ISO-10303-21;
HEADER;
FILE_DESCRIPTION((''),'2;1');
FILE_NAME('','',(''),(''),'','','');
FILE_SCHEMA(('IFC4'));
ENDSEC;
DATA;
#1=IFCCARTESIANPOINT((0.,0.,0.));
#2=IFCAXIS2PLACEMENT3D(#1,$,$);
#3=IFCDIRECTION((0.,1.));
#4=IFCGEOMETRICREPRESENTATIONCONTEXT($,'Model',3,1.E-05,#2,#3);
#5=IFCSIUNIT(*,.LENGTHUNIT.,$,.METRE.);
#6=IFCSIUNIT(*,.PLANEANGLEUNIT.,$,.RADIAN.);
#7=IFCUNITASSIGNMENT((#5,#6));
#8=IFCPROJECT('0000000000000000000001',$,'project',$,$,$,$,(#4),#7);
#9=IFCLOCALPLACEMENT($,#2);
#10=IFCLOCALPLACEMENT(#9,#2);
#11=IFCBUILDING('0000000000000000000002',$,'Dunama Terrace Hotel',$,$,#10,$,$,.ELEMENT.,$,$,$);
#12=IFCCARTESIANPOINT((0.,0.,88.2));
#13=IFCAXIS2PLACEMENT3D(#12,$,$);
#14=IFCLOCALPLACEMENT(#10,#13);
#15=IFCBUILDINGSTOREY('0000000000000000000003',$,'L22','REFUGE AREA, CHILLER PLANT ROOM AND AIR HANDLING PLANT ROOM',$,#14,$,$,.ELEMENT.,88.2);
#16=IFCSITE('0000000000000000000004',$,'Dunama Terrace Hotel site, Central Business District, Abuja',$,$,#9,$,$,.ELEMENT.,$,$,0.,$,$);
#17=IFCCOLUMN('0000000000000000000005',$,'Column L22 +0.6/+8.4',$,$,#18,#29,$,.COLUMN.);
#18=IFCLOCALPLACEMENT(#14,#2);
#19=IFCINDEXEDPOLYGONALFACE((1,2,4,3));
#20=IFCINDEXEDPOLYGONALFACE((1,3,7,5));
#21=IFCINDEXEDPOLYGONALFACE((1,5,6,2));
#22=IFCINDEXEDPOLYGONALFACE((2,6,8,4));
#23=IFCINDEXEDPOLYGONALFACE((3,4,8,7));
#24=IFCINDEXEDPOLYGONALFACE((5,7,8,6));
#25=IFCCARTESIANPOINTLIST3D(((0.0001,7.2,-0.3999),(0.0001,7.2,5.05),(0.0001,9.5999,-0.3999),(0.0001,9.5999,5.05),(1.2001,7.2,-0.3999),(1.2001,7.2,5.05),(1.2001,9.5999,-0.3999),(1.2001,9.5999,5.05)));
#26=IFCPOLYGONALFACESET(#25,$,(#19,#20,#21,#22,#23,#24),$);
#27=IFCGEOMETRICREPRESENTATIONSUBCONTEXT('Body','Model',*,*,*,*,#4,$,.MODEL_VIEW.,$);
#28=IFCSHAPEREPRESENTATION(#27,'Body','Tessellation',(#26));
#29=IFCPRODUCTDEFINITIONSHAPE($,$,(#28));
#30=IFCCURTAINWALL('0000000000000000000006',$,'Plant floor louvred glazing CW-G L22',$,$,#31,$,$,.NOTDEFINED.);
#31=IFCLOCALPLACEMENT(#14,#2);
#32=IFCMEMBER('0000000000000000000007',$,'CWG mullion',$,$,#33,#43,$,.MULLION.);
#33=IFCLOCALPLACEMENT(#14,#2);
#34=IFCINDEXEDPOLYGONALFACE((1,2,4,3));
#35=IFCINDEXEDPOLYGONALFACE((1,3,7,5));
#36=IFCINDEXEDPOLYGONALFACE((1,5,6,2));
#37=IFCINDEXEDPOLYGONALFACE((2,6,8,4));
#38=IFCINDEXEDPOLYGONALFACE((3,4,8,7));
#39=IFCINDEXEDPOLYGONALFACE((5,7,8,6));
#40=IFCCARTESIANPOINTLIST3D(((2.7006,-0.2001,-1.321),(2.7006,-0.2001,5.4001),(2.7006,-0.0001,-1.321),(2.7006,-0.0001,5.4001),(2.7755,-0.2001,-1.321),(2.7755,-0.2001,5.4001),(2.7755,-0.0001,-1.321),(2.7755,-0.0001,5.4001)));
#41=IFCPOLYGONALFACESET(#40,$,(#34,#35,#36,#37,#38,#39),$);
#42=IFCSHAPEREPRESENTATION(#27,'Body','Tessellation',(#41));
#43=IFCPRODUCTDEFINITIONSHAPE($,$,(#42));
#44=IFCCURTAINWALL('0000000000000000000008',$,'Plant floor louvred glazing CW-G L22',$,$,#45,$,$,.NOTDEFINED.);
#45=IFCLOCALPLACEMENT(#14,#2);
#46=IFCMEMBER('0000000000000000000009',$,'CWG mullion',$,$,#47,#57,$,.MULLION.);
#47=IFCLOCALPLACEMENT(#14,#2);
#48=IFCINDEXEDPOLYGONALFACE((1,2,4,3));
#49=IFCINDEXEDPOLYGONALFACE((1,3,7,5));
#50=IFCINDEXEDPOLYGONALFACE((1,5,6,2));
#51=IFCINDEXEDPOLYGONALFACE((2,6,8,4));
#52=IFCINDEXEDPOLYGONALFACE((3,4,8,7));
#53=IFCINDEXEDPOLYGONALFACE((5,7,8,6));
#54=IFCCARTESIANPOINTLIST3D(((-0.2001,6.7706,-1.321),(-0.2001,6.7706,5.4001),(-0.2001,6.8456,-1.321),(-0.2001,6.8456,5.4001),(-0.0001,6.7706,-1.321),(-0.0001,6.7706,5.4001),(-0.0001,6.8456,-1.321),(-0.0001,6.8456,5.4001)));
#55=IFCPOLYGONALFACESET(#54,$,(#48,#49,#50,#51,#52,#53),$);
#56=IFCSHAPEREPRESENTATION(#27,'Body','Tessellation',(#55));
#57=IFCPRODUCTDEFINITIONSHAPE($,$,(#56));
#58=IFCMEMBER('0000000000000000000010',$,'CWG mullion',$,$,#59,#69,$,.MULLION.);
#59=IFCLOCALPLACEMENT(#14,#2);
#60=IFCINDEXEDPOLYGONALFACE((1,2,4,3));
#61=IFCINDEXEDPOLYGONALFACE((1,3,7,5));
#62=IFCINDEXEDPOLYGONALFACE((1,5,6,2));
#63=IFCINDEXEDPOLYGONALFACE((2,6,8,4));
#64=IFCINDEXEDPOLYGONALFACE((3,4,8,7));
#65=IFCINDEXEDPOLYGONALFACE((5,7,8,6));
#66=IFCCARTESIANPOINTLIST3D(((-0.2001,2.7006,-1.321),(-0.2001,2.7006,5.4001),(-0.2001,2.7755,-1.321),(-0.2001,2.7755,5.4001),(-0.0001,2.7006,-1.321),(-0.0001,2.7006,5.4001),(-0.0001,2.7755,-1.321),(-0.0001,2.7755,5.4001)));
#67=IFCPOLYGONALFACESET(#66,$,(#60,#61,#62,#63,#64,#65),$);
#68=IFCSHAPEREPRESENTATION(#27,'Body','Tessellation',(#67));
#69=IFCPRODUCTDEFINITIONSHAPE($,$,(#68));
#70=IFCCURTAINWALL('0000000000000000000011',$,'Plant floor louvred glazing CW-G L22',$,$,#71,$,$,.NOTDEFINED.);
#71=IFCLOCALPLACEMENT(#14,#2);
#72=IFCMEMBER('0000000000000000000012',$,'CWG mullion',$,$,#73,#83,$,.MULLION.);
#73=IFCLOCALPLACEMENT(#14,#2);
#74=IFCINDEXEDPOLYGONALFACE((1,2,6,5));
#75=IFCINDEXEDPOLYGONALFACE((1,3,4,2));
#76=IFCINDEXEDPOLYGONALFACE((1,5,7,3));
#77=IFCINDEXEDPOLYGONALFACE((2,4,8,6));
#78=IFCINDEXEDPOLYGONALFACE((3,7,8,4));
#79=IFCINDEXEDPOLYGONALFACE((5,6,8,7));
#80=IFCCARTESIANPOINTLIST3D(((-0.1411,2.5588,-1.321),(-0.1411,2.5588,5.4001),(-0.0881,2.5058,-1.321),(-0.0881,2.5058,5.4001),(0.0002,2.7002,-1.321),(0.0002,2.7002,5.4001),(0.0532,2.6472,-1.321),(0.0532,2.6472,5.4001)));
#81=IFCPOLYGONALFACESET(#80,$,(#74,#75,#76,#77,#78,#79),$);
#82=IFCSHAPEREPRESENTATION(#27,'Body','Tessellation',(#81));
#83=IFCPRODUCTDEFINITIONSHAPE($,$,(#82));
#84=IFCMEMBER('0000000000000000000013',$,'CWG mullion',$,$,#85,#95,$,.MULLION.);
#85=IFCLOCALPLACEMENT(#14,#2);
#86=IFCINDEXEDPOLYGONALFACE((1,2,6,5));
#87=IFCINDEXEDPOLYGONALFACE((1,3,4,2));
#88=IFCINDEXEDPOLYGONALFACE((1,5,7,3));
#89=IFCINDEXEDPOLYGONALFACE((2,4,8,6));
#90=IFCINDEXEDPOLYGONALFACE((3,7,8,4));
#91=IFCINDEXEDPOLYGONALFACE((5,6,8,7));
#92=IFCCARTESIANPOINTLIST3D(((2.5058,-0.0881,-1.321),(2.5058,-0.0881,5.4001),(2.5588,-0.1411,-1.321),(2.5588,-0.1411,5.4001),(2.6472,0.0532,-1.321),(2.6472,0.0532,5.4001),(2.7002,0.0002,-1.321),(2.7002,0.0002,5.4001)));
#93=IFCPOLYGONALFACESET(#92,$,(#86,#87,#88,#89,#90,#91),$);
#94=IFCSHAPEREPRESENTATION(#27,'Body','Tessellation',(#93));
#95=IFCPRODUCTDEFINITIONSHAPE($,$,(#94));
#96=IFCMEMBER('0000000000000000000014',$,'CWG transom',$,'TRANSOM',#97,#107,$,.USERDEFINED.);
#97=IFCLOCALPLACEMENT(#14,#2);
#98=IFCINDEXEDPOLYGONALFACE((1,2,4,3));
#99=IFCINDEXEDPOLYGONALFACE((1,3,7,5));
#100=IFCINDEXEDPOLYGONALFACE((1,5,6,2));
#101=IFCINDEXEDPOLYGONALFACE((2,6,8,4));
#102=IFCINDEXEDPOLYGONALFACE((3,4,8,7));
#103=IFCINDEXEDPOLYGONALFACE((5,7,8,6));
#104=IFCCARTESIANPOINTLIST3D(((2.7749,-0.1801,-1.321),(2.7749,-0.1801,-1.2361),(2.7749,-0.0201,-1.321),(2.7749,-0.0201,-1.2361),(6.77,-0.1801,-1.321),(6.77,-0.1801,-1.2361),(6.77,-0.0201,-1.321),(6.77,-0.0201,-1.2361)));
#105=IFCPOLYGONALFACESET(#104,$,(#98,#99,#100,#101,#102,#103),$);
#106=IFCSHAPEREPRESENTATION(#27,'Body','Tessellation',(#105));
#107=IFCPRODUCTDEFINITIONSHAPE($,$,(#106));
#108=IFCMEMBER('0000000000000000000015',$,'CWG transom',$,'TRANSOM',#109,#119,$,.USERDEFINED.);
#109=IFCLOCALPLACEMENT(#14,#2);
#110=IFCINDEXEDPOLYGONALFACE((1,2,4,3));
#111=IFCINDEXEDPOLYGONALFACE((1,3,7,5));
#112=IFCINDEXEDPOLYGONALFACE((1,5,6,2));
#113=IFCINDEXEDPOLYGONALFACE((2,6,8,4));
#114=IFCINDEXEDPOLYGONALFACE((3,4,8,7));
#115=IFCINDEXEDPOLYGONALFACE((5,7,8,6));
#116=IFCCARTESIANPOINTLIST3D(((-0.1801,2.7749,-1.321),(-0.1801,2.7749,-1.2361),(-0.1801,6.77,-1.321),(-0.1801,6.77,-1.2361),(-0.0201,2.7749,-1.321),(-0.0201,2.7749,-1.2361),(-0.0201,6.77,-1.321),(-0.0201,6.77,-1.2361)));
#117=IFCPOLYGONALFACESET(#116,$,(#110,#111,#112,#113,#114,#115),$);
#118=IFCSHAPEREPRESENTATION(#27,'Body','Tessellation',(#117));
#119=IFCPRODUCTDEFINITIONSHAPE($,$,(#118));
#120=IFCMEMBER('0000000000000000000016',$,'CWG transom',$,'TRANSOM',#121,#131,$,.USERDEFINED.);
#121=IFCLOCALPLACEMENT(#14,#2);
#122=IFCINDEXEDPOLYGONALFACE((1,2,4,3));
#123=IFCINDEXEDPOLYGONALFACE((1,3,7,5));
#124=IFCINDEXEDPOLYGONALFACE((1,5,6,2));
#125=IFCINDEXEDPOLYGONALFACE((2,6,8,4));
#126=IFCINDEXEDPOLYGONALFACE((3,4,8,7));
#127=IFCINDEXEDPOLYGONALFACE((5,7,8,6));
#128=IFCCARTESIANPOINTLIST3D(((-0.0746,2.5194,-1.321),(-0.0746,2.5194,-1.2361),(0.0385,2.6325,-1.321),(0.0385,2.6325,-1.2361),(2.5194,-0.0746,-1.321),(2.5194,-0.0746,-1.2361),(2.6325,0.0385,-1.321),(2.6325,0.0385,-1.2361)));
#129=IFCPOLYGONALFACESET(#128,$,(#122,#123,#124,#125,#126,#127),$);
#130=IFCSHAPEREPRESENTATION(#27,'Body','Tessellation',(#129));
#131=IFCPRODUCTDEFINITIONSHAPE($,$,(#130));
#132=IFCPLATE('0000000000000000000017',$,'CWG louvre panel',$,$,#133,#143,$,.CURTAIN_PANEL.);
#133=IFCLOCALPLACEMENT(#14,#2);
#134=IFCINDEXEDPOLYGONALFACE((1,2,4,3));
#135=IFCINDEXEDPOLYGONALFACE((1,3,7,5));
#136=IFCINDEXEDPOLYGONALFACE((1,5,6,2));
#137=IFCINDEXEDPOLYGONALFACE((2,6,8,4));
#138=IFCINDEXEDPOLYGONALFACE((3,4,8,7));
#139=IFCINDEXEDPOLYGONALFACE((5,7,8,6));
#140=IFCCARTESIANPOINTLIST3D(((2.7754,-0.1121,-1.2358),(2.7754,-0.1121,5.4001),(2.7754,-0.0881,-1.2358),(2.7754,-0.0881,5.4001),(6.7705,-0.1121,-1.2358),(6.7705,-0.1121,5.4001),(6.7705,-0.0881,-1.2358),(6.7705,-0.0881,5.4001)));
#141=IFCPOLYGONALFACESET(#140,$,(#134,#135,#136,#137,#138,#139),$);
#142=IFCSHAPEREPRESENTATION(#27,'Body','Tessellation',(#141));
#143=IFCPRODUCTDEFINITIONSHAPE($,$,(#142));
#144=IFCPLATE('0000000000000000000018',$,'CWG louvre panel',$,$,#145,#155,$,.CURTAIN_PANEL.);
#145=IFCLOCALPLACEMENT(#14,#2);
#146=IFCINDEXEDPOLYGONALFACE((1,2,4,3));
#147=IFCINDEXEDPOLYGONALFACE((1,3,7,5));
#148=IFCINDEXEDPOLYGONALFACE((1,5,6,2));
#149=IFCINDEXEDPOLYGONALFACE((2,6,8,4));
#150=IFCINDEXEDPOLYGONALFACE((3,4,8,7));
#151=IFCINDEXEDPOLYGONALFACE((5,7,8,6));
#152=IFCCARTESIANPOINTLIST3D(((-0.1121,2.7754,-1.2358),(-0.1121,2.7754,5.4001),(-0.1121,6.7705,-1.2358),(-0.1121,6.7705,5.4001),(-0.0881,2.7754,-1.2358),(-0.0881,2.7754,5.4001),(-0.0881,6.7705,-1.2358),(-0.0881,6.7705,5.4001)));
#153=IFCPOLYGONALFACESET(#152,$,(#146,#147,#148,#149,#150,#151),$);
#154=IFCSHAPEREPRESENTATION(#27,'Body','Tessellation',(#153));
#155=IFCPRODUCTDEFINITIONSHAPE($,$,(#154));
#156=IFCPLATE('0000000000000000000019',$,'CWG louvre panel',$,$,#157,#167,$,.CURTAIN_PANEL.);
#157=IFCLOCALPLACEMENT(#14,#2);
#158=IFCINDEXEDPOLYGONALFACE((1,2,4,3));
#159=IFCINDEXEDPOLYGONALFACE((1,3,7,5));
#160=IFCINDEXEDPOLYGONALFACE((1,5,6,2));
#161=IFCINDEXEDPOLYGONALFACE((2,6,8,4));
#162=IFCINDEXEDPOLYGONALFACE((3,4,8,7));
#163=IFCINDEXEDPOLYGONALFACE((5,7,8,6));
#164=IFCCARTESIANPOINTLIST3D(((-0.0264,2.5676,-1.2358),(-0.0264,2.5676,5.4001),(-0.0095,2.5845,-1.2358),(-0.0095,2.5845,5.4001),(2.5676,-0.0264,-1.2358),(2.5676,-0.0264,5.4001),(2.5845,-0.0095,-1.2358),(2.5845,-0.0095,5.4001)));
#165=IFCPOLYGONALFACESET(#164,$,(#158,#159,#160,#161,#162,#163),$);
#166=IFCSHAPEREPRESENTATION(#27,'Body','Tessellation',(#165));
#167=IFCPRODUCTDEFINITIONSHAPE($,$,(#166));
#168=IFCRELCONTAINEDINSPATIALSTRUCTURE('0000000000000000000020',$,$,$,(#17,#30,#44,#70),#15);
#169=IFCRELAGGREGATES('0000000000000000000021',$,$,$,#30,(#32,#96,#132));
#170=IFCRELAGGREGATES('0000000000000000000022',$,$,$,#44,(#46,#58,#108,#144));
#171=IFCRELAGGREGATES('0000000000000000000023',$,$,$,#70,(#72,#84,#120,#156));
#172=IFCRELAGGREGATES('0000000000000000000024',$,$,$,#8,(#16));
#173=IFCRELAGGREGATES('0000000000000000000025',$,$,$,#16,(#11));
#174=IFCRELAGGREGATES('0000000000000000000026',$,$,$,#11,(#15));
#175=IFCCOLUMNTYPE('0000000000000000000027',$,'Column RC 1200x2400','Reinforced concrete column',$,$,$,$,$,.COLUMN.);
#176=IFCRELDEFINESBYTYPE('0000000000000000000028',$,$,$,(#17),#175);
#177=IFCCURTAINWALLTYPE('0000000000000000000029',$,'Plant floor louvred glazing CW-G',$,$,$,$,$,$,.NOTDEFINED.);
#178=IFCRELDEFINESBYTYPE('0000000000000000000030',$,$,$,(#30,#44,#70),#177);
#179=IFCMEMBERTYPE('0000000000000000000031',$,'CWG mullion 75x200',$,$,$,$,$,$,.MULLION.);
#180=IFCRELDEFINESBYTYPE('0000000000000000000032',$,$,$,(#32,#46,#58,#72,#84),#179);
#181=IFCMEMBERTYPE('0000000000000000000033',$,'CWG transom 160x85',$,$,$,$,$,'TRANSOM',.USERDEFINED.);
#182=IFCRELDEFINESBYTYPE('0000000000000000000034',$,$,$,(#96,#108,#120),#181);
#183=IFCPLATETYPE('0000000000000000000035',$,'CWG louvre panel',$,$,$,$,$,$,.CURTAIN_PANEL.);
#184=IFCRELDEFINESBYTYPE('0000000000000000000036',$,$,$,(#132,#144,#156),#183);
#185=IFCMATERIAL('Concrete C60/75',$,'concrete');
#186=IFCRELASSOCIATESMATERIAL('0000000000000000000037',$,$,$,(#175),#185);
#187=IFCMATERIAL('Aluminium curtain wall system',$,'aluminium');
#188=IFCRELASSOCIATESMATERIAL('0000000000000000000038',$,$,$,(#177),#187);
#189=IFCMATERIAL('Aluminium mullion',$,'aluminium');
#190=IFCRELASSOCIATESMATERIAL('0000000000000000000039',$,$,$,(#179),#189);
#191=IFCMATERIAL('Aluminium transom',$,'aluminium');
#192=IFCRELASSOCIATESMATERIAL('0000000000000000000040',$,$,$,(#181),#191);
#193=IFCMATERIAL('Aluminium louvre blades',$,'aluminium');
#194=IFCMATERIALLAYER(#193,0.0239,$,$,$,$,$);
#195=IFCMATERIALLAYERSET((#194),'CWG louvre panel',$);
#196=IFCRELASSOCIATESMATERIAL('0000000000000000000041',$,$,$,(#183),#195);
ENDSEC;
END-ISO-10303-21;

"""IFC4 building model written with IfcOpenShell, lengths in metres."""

from ifc_helpers import new_model, si_unit, direction, frame, origin, origin_2d, place, context, subcontext, project, spatial, rectangle, extrude, material, layer, layer_set, material_profile, profile_set, type_object, element, aggregate, save


model = new_model("IFC4")

# Units and contexts
model_context = context("Model", 3, precision=1e-05, world=origin(), true_north=direction((0.0, 1.0)))
body_context = subcontext(model_context, "Body", "Model", "MODEL_VIEW")
ifc_project = project(units=[si_unit("LENGTHUNIT", "METRE"), si_unit("PLANEANGLEUNIT", "RADIAN")], contexts=[model_context])

# Site, building, storey
site_placement = place(None, origin())
site = spatial("IfcSite", under=ifc_project, at=site_placement, Name="Dunama Terrace Hotel site, Central Business District, Abuja", CompositionType="ELEMENT", RefElevation=0.0)
building_placement = place(site_placement, origin())
building = spatial("IfcBuilding", under=site, at=building_placement, Name="Dunama Terrace Hotel", CompositionType="ELEMENT")
storey_placement = place(building_placement, frame((0.0, 0.0, 88.2)))
storey = spatial("IfcBuildingStorey", under=building, at=storey_placement, Name="L22", Description="REFUGE AREA, CHILLER PLANT ROOM AND AIR HANDLING PLANT ROOM", CompositionType="ELEMENT", Elevation=88.2)

# Column
ifc_material_1 = material(Name="Concrete C60/75", Category="concrete")
ifc_material_profile_1 = material_profile(ifc_material_1, rectangle(XDim=1.2, YDim=2.3999, at=origin_2d()), Name="RC 1200x2400")
ifc_profile_set_1 = profile_set([ifc_material_profile_1], Name="Concrete C60/75")
column_type = type_object("IfcColumnType", Name="Column RC 1200x2400", Description="Reinforced concrete column", PredefinedType="COLUMN", material=ifc_profile_set_1)
column_placement = place(storey_placement, frame((0.6001, 8.3999, -0.3999), z_axis=(0.0, 0.0, 1.0), x_axis=(1.0, 0.0, 0.0)))
element("IfcColumn", 1, at=column_placement, inside=storey, type_object=column_type, Name="Column L22 +0.6/+8.4", PredefinedType="COLUMN", context=body_context, shape_type="SweptSolid", body=[
    extrude(rectangle(XDim=1.2, YDim=2.3999, at=origin_2d()), origin(), (0.0, 0.0, 1.0), 5.45),
])

# Curtain wall, member
ifc_material_2 = material(Name="Aluminium curtain wall system", Category="aluminium")
curtain_wall_type = type_object("IfcCurtainWallType", Name="Plant floor louvred glazing CW-G", PredefinedType="NOTDEFINED", material=ifc_material_2)
curtain_wall_1_placement = place(storey_placement, origin())
curtain_wall_1 = element("IfcCurtainWall", 2, at=curtain_wall_1_placement, inside=storey, type_object=curtain_wall_type, Name="Plant floor louvred glazing CW-G L22", PredefinedType="NOTDEFINED")
ifc_material_3 = material(Name="Aluminium mullion", Category="aluminium")
ifc_material_profile_2 = material_profile(ifc_material_3, rectangle(XDim=0.075, YDim=0.2, at=origin_2d()), Name="CWG MULLION 75X200")
ifc_profile_set_2 = profile_set([ifc_material_profile_2], Name="Aluminium mullion")
member_type_1 = type_object("IfcMemberType", Name="CWG mullion 75x200", PredefinedType="MULLION", material=ifc_profile_set_2)
member_1_placement = place(storey_placement, frame((2.738, -0.1001, -1.321), z_axis=(0.0, 0.0, 1.0), x_axis=(1.0, 0.0, 0.0)))
member_1 = element("IfcMember", 3, at=member_1_placement, type_object=member_type_1, Name="CWG mullion", PredefinedType="MULLION", context=body_context, shape_type="SweptSolid", body=[
    extrude(rectangle(XDim=0.075, YDim=0.2, at=origin_2d()), origin(), (0.0, 0.0, 1.0), 6.7212),
])

# Curtain walls, members
curtain_wall_2_placement = place(storey_placement, origin())
curtain_wall_2 = element("IfcCurtainWall", 4, at=curtain_wall_2_placement, inside=storey, type_object=curtain_wall_type, Name="Plant floor louvred glazing CW-G L22", PredefinedType="NOTDEFINED")
member_2_placement = place(storey_placement, frame((-0.1001, 6.8081, -1.321), z_axis=(0.0, 0.0, 1.0), x_axis=(0.0, -1.0, 0.0)))
member_2 = element("IfcMember", 5, at=member_2_placement, type_object=member_type_1, Name="CWG mullion", PredefinedType="MULLION", context=body_context, shape_type="SweptSolid", body=[
    extrude(rectangle(XDim=0.075, YDim=0.2, at=origin_2d()), origin(), (0.0, 0.0, 1.0), 6.7212),
])
member_3_placement = place(storey_placement, frame((-0.1001, 2.738, -1.321), z_axis=(0.0, 0.0, 1.0), x_axis=(0.0, -1.0, 0.0)))
member_3 = element("IfcMember", 6, at=member_3_placement, type_object=member_type_1, Name="CWG mullion", PredefinedType="MULLION", context=body_context, shape_type="SweptSolid", body=[
    extrude(rectangle(XDim=0.075, YDim=0.2, at=origin_2d()), origin(), (0.0, 0.0, 1.0), 6.7212),
])
curtain_wall_3_placement = place(storey_placement, origin())
curtain_wall_3 = element("IfcCurtainWall", 7, at=curtain_wall_3_placement, inside=storey, type_object=curtain_wall_type, Name="Plant floor louvred glazing CW-G L22", PredefinedType="NOTDEFINED")
member_4_placement = place(storey_placement, frame((-0.0439, 2.603, -1.321), z_axis=(0.0, 0.0, 1.0), x_axis=(0.707107, -0.707107, 0.0)))
member_4 = element("IfcMember", 8, at=member_4_placement, type_object=member_type_1, Name="CWG mullion", PredefinedType="MULLION", context=body_context, shape_type="SweptSolid", body=[
    extrude(rectangle(XDim=0.075, YDim=0.2, at=origin_2d()), origin(), (0.0, 0.0, 1.0), 6.7212),
])
member_5_placement = place(storey_placement, frame((2.603, -0.0439, -1.321), z_axis=(0.0, 0.0, 1.0), x_axis=(0.707107, -0.707107, 0.0)))
member_5 = element("IfcMember", 9, at=member_5_placement, type_object=member_type_1, Name="CWG mullion", PredefinedType="MULLION", context=body_context, shape_type="SweptSolid", body=[
    extrude(rectangle(XDim=0.075, YDim=0.2, at=origin_2d()), origin(), (0.0, 0.0, 1.0), 6.7212),
])

# Members
ifc_material_4 = material(Name="Aluminium transom", Category="aluminium")
ifc_material_profile_3 = material_profile(ifc_material_4, rectangle(XDim=0.1599, YDim=0.085, at=origin_2d()), Name="CWG TRANSOM 160X85")
ifc_profile_set_3 = profile_set([ifc_material_profile_3], Name="Aluminium transom")
member_type_2 = type_object("IfcMemberType", Name="CWG transom 160x85", ElementType="TRANSOM", PredefinedType="USERDEFINED", material=ifc_profile_set_3)
member_6_placement = place(storey_placement, frame((2.7749, -0.1001, -1.2786), z_axis=(1.0, 0.0, 0.0), x_axis=(0.0, 1.0, 0.0)))
member_6 = element("IfcMember", 10, at=member_6_placement, type_object=member_type_2, Name="CWG transom", ObjectType="TRANSOM", PredefinedType="USERDEFINED", context=body_context, shape_type="SweptSolid", body=[
    extrude(rectangle(XDim=0.1599, YDim=0.085, at=origin_2d()), origin(), (0.0, 0.0, 1.0), 3.9951),
])
member_7_placement = place(storey_placement, frame((-0.1001, 6.77, -1.2786), z_axis=(0.0, -1.0, 0.0), x_axis=(1.0, 0.0, 0.0)))
member_7 = element("IfcMember", 11, at=member_7_placement, type_object=member_type_2, Name="CWG transom", ObjectType="TRANSOM", PredefinedType="USERDEFINED", context=body_context, shape_type="SweptSolid", body=[
    extrude(rectangle(XDim=0.1599, YDim=0.085, at=origin_2d()), origin(), (0.0, 0.0, 1.0), 3.9951),
])
member_8_placement = place(storey_placement, frame((-0.0181, 2.5759, -1.2786), z_axis=(0.707107, -0.707107, 0.0), x_axis=(0.707107, 0.707107, 0.0)))
member_8 = element("IfcMember", 12, at=member_8_placement, type_object=member_type_2, Name="CWG transom", ObjectType="TRANSOM", PredefinedType="USERDEFINED", context=body_context, shape_type="SweptSolid", body=[
    extrude(rectangle(XDim=0.1599, YDim=0.085, at=origin_2d()), origin(), (0.0, 0.0, 1.0), 3.6685),
])

# Plates
ifc_material_5 = material(Name="Aluminium louvre blades", Category="aluminium")
ifc_layer_1 = layer(ifc_material_5, 0.0239)
ifc_layer_set_1 = layer_set([ifc_layer_1], Name="CWG louvre panel")
plate_type = type_object("IfcPlateType", Name="CWG louvre panel", PredefinedType="CURTAIN_PANEL", material=ifc_layer_set_1)
plate_1_placement = place(storey_placement, frame((4.7729, -0.1001, -1.2358), z_axis=(0.0, 0.0, 1.0), x_axis=(1.0, 0.0, 0.0)))
plate_1 = element("IfcPlate", 13, at=plate_1_placement, type_object=plate_type, Name="CWG louvre panel", PredefinedType="CURTAIN_PANEL", context=body_context, shape_type="SweptSolid", body=[
    extrude(rectangle(XDim=3.9951, YDim=0.0239, at=origin_2d()), origin(), (0.0, 0.0, 1.0), 6.636),
])
aggregate(curtain_wall_1, [member_1, member_6, plate_1])
plate_2_placement = place(storey_placement, frame((-0.1001, 4.7729, -1.2358), z_axis=(0.0, 0.0, 1.0), x_axis=(0.0, -1.0, 0.0)))
plate_2 = element("IfcPlate", 14, at=plate_2_placement, type_object=plate_type, Name="CWG louvre panel", PredefinedType="CURTAIN_PANEL", context=body_context, shape_type="SweptSolid", body=[
    extrude(rectangle(XDim=3.9951, YDim=0.0239, at=origin_2d()), origin(), (0.0, 0.0, 1.0), 6.636),
])
aggregate(curtain_wall_2, [member_2, member_3, member_7, plate_2])
plate_3_placement = place(storey_placement, frame((1.2791, 1.2791, -1.2358), z_axis=(0.0, 0.0, 1.0), x_axis=(0.707107, -0.707107, 0.0)))
plate_3 = element("IfcPlate", 15, at=plate_3_placement, type_object=plate_type, Name="CWG louvre panel", PredefinedType="CURTAIN_PANEL", context=body_context, shape_type="SweptSolid", body=[
    extrude(rectangle(XDim=3.6685, YDim=0.0239, at=origin_2d()), origin(), (0.0, 0.0, 1.0), 6.636),
])
aggregate(curtain_wall_3, [member_4, member_5, member_8, plate_3])

save(model, "model.ifc")
